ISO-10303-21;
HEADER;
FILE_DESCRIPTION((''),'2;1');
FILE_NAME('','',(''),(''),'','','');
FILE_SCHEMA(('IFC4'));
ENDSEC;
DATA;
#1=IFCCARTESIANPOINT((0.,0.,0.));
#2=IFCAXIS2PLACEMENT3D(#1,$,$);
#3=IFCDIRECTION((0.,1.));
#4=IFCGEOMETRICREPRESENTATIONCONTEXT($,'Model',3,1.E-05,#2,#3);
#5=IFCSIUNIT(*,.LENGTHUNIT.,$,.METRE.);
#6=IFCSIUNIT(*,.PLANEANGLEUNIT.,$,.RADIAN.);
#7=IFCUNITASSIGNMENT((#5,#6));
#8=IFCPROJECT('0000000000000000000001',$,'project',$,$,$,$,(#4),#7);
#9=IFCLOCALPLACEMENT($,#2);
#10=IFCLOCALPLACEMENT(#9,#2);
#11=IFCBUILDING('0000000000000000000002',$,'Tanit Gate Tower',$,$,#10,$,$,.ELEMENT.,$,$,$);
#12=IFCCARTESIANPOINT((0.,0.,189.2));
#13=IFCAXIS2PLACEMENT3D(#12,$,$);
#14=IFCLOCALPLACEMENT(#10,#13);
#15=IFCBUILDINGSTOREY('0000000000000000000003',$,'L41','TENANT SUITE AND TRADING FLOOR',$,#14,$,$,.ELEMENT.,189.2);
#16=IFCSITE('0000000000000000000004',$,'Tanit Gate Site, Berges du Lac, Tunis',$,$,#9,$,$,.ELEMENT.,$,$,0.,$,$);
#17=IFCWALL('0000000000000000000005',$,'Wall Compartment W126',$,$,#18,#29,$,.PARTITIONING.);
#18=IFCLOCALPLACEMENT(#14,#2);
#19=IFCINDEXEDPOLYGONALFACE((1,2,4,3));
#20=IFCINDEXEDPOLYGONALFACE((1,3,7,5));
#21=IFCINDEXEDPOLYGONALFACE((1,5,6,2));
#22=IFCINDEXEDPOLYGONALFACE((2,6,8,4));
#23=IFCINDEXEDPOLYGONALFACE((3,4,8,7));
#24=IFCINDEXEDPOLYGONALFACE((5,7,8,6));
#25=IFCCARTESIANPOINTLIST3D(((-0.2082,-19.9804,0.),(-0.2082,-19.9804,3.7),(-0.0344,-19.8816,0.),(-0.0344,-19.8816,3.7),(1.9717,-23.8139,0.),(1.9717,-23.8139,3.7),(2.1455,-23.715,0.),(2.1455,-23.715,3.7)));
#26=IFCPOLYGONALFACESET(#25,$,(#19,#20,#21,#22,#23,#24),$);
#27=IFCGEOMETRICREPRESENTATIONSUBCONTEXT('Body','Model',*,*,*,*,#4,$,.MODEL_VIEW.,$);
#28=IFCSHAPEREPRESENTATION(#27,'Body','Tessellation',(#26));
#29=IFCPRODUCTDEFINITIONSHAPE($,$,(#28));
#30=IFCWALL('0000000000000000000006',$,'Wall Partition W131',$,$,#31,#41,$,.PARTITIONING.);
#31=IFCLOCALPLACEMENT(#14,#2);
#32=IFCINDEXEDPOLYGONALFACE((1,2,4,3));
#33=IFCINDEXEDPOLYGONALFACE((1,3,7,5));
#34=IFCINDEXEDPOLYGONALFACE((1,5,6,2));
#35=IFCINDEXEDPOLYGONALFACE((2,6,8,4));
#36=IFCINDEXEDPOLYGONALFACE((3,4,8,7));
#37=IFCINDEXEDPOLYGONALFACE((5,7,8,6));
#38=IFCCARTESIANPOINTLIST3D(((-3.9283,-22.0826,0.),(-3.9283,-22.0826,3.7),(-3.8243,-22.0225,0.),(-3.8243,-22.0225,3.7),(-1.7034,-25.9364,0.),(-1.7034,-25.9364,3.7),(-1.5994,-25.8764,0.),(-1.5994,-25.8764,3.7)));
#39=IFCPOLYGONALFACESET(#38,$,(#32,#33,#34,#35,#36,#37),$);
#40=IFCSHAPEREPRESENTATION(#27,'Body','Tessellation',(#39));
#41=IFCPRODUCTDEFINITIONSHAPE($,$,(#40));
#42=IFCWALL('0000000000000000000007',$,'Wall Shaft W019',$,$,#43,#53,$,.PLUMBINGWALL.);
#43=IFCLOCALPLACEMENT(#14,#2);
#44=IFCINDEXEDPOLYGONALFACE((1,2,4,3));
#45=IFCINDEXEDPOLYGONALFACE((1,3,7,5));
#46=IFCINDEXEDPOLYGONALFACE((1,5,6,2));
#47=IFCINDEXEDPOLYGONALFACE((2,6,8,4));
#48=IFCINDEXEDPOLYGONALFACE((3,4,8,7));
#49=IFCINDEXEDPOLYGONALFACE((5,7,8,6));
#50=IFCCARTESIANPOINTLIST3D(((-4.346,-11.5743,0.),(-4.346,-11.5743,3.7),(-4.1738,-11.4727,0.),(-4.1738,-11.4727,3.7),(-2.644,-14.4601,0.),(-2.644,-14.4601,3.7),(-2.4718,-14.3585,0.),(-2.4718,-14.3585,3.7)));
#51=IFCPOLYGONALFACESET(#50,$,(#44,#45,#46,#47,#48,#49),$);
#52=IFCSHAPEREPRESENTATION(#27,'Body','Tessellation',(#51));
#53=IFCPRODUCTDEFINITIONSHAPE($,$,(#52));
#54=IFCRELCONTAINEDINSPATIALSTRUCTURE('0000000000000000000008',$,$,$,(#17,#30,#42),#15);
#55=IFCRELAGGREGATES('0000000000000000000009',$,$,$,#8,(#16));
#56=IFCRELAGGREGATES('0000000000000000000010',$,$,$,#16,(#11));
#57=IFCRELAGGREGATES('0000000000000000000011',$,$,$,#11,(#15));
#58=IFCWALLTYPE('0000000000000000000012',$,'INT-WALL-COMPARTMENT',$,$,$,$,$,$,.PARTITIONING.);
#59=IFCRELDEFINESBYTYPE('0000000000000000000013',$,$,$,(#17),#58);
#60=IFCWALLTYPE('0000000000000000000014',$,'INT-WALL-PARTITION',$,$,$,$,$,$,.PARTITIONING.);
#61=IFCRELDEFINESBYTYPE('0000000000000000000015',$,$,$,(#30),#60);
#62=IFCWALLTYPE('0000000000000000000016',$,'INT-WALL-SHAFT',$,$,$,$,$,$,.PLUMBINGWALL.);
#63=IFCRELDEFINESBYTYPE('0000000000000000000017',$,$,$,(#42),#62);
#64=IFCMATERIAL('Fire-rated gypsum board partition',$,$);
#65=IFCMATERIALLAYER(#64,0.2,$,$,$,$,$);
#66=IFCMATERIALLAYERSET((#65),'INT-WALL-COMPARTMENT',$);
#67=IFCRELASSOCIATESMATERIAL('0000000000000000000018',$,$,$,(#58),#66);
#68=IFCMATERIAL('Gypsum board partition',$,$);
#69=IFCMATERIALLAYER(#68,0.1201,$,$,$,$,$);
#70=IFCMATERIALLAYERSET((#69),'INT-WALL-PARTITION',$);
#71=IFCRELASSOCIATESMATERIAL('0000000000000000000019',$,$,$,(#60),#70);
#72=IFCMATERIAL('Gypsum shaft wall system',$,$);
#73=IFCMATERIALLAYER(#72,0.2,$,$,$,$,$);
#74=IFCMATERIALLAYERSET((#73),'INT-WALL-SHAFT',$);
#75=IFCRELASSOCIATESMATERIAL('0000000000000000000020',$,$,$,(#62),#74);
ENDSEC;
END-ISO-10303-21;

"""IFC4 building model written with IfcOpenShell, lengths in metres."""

from ifc_helpers import new_model, si_unit, direction, frame, frame_2d, origin, place, context, subcontext, project, spatial, rectangle, extrude, material, layer, layer_set, type_object, element, save


model = new_model("IFC4")

# Units and contexts
model_context = context("Model", 3, precision=1e-05, world=origin(), true_north=direction((0.0, 1.0)))
body_context = subcontext(model_context, "Body", "Model", "MODEL_VIEW")
ifc_project = project(units=[si_unit("LENGTHUNIT", "METRE"), si_unit("PLANEANGLEUNIT", "RADIAN")], contexts=[model_context])

# Site, building, storey
site_placement = place(None, origin())
site = spatial("IfcSite", under=ifc_project, at=site_placement, Name="Tanit Gate Site, Berges du Lac, Tunis", CompositionType="ELEMENT", RefElevation=0.0)
building_placement = place(site_placement, origin())
building = spatial("IfcBuilding", under=site, at=building_placement, Name="Tanit Gate Tower", CompositionType="ELEMENT")
storey_placement = place(building_placement, frame((0.0, 0.0, 189.2)))
storey = spatial("IfcBuildingStorey", under=building, at=storey_placement, Name="L41", Description="TENANT SUITE AND TRADING FLOOR", CompositionType="ELEMENT", Elevation=189.2)

# Shared definitions
ifc_material_1 = material(Name="Fire-rated gypsum board partition")
ifc_layer_1 = layer(ifc_material_1, 0.2)
ifc_layer_set_1 = layer_set([ifc_layer_1], Name="INT-WALL-COMPARTMENT")
wall_type_1 = type_object("IfcWallType", Name="INT-WALL-COMPARTMENT", PredefinedType="PARTITIONING", material=ifc_layer_set_1)

# Walls
wall_1_placement = place(storey_placement, frame((-0.1213, -19.9309, 0.0), z_axis=(0.0, 0.0, 1.0), x_axis=(0.494319, -0.86928, 0.0)))
element("IfcWall", 1, at=wall_1_placement, inside=storey, type_object=wall_type_1, Name="Wall Compartment W126", PredefinedType="PARTITIONING", context=body_context, shape_type="SweptSolid", body=[
    extrude(rectangle(XDim=4.4099, YDim=0.2, at=frame_2d((2.2051, 0.0))), origin(), (0.0, 0.0, 1.0), 3.7),
])
ifc_material_2 = material(Name="Gypsum board partition")
ifc_layer_2 = layer(ifc_material_2, 0.1201)
ifc_layer_set_2 = layer_set([ifc_layer_2], Name="INT-WALL-PARTITION")
wall_type_2 = type_object("IfcWallType", Name="INT-WALL-PARTITION", PredefinedType="PARTITIONING", material=ifc_layer_set_2)
wall_2_placement = place(storey_placement, frame((-1.6514, -25.9065, 0.0), z_axis=(0.0, 0.0, 1.0), x_axis=(-0.49998, 0.866037, 0.0)))
element("IfcWall", 2, at=wall_2_placement, inside=storey, type_object=wall_type_2, Name="Wall Partition W131", PredefinedType="PARTITIONING", context=body_context, shape_type="SweptSolid", body=[
    extrude(rectangle(XDim=4.45, YDim=0.1201, at=frame_2d((2.2251, 0.0))), origin(), (0.0, 0.0, 1.0), 3.7),
])
ifc_material_3 = material(Name="Gypsum shaft wall system")
ifc_layer_3 = layer(ifc_material_3, 0.2)
ifc_layer_set_3 = layer_set([ifc_layer_3], Name="INT-WALL-SHAFT")
wall_type_3 = type_object("IfcWallType", Name="INT-WALL-SHAFT", PredefinedType="PLUMBINGWALL", material=ifc_layer_set_3)
wall_3_placement = place(storey_placement, frame((-2.5579, -14.4094, 0.0), z_axis=(0.0, 0.0, 1.0), x_axis=(-0.507997, 0.861359, 0.0)))
element("IfcWall", 3, at=wall_3_placement, inside=storey, type_object=wall_type_3, Name="Wall Shaft W019", PredefinedType="PLUMBINGWALL", context=body_context, shape_type="SweptSolid", body=[
    extrude(rectangle(XDim=3.3503, YDim=0.2, at=frame_2d((1.6753, 0.0))), origin(), (0.0, 0.0, 1.0), 3.7),
])

save(model, "model.ifc")
